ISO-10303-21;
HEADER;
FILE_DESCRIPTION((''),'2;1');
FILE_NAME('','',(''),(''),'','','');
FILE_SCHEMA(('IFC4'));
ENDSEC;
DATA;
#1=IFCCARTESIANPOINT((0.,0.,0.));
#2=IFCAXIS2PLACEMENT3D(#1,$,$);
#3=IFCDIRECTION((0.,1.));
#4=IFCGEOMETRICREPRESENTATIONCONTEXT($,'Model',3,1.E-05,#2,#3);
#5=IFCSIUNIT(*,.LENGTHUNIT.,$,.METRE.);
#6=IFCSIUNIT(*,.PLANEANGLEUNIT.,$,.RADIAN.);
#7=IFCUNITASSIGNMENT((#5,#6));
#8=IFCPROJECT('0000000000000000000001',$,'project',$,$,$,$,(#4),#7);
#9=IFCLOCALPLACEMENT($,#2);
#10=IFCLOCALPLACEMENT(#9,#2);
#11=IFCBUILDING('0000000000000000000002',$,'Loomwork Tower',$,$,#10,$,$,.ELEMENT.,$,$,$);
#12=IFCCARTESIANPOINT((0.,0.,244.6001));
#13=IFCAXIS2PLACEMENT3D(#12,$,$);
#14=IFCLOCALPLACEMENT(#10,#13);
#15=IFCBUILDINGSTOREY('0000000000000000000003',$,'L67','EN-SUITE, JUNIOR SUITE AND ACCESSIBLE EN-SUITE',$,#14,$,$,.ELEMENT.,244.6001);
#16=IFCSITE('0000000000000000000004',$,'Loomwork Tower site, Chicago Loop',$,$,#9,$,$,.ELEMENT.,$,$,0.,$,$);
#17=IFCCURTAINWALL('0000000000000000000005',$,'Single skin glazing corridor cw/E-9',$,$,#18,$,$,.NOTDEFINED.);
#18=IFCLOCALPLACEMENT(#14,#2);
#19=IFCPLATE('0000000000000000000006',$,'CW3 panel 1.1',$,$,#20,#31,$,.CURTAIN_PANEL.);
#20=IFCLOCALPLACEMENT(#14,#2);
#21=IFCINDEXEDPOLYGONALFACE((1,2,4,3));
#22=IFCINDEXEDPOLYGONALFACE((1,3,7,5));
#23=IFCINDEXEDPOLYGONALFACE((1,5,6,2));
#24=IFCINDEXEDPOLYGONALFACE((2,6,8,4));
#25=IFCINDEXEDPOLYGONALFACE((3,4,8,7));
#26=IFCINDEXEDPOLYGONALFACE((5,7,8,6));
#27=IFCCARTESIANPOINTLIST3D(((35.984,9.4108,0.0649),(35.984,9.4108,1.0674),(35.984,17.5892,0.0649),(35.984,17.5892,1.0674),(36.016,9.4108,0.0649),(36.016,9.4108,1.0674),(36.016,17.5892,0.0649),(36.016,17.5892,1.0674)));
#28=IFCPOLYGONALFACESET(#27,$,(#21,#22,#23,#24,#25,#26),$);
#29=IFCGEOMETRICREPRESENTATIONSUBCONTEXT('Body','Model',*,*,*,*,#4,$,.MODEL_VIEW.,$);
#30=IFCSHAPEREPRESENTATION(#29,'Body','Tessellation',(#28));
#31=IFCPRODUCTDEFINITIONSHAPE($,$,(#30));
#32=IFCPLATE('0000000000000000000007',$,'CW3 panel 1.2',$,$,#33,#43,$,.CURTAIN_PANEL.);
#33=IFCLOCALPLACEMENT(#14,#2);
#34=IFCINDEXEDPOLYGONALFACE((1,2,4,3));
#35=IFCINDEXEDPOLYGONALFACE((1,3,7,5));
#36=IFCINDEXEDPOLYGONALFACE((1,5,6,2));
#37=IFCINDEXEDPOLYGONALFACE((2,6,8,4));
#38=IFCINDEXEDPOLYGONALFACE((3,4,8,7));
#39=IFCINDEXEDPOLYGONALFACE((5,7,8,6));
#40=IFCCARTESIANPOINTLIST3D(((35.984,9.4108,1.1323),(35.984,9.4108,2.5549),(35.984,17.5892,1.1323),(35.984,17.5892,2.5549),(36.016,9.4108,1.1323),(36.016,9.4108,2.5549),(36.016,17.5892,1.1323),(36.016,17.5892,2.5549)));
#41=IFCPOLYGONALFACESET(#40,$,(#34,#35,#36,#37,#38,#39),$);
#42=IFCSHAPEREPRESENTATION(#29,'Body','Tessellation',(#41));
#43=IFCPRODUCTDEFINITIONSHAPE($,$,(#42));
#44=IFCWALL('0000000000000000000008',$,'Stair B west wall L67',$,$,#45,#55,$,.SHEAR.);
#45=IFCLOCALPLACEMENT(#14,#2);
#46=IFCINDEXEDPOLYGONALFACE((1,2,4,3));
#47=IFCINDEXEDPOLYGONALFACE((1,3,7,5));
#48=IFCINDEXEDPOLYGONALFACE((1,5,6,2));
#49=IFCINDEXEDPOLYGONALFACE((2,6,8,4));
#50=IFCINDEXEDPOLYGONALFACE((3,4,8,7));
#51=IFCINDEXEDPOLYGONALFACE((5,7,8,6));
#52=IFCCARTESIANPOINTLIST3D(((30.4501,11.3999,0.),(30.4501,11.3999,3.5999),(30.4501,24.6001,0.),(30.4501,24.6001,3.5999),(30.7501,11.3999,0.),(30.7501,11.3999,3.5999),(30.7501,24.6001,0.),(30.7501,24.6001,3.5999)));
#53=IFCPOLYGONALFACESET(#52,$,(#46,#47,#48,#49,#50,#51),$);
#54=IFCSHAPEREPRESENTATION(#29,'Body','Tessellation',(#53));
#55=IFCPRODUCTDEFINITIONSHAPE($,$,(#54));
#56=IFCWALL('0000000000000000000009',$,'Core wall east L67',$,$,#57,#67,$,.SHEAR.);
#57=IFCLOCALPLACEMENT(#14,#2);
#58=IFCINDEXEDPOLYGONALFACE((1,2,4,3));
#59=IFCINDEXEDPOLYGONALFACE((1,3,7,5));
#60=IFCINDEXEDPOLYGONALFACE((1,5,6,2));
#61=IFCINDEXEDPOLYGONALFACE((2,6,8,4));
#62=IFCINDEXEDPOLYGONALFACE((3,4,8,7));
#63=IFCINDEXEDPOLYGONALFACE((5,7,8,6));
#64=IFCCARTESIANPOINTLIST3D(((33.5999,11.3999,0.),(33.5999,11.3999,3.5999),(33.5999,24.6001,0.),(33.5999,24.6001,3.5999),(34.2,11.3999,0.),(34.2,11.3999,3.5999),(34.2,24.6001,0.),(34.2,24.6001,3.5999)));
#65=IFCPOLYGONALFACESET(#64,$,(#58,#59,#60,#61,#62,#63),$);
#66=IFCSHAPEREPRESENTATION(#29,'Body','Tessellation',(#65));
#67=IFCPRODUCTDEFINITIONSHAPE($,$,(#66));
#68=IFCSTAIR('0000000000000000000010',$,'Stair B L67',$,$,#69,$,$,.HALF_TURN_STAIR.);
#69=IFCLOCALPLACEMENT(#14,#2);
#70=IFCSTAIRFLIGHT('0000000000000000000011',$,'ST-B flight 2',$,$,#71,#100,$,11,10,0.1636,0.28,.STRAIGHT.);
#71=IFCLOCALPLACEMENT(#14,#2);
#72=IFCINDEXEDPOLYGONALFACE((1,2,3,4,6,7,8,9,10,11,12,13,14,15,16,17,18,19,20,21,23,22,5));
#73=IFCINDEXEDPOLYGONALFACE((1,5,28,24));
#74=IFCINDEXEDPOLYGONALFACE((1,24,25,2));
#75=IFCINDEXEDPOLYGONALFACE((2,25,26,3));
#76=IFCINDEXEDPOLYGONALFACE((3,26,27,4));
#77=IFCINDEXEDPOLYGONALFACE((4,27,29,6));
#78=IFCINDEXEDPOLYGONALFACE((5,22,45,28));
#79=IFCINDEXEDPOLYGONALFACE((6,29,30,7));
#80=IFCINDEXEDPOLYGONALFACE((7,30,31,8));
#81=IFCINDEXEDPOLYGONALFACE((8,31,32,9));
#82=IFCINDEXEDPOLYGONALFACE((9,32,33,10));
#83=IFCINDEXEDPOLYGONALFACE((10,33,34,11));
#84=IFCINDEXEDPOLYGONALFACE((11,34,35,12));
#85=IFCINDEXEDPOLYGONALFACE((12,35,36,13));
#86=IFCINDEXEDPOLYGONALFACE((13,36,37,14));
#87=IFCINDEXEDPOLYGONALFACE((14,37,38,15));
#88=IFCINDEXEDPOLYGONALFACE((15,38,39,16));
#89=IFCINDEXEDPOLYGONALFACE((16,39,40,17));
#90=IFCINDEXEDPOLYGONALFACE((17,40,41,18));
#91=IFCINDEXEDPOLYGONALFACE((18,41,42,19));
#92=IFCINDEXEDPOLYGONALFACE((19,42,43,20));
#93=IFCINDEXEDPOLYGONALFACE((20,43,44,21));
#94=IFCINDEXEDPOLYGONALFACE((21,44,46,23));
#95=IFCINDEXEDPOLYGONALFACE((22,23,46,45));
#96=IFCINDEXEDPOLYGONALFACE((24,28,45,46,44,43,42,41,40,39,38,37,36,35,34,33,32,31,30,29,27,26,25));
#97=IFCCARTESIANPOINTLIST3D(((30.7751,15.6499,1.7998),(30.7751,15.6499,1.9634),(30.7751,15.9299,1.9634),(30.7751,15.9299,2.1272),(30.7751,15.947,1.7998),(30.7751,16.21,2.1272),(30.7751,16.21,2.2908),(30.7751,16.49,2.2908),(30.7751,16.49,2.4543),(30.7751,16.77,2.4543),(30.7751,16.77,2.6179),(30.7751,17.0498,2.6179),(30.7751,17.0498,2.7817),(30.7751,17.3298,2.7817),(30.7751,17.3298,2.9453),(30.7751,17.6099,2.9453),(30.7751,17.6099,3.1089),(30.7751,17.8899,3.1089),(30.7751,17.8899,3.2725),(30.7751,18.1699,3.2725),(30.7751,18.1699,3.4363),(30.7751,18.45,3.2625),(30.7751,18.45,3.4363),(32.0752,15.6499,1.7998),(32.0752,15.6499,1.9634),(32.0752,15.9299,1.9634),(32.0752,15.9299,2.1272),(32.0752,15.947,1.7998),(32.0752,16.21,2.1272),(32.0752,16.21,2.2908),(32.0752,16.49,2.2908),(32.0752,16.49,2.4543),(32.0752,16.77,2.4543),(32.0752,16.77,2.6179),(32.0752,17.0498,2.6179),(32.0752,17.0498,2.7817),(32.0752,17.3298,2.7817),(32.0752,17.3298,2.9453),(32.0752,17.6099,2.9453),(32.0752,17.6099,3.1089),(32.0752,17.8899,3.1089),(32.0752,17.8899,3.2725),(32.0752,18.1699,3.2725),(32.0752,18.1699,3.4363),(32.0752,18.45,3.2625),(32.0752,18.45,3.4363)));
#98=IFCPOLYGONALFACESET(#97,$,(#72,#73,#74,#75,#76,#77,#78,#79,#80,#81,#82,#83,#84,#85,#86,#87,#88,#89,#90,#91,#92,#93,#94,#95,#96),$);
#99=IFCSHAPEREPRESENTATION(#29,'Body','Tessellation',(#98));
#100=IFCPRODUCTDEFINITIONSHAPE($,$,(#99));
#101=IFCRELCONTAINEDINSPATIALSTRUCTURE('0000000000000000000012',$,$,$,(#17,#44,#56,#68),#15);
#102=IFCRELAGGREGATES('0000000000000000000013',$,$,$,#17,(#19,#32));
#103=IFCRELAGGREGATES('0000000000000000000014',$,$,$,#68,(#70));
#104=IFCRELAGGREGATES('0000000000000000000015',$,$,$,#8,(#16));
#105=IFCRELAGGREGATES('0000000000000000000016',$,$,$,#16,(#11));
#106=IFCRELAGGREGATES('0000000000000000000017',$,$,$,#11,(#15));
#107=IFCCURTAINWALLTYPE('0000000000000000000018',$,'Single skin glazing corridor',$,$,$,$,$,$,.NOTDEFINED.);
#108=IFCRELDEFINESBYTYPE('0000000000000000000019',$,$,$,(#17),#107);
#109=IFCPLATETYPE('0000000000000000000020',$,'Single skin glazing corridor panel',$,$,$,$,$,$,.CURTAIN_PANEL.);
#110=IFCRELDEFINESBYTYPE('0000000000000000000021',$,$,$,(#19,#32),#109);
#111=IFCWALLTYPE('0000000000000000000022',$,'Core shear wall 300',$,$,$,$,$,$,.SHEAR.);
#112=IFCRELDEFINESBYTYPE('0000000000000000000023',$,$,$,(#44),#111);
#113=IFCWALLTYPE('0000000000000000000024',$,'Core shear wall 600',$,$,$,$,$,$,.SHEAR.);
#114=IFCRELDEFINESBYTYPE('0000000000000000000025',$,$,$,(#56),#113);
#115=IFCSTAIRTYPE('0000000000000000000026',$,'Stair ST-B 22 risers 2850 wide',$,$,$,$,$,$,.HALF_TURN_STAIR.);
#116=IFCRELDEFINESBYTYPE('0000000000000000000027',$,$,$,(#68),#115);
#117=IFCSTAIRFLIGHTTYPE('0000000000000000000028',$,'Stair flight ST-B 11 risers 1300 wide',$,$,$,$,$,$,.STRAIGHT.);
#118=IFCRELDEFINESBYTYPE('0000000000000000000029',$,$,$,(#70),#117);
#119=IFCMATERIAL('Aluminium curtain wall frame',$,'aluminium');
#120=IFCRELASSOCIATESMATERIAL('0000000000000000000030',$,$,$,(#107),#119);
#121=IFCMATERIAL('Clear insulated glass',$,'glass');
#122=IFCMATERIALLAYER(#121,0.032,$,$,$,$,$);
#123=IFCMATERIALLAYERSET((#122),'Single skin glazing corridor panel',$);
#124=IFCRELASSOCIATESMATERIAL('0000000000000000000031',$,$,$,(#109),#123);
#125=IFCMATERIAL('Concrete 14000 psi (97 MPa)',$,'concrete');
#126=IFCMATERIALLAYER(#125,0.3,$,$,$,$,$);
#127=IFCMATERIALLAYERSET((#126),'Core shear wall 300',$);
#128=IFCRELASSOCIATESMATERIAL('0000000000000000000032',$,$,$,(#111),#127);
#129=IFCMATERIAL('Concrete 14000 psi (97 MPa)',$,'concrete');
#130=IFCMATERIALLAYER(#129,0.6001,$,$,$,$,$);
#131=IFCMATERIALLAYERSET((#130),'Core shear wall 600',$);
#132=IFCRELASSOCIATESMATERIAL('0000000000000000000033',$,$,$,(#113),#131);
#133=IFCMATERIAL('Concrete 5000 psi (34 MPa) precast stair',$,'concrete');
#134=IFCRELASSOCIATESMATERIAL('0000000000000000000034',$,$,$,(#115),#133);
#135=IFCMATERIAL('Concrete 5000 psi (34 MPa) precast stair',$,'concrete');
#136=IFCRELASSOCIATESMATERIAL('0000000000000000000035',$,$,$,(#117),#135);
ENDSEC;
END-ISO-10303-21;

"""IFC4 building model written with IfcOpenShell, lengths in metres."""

from ifc_helpers import new_model, si_unit, direction, frame, frame_2d, origin, origin_2d, place, context, subcontext, project, spatial, polyline, rectangle, outline, extrude, material, layer, layer_set, type_object, element, aggregate, save


model = new_model("IFC4")

# Units and contexts
model_context = context("Model", 3, precision=1e-05, world=origin(), true_north=direction((0.0, 1.0)))
body_context = subcontext(model_context, "Body", "Model", "MODEL_VIEW")
ifc_project = project(units=[si_unit("LENGTHUNIT", "METRE"), si_unit("PLANEANGLEUNIT", "RADIAN")], contexts=[model_context])

# Site, building, storey
site_placement = place(None, origin())
site = spatial("IfcSite", under=ifc_project, at=site_placement, Name="Loomwork Tower site, Chicago Loop", CompositionType="ELEMENT", RefElevation=0.0)
building_placement = place(site_placement, origin())
building = spatial("IfcBuilding", under=site, at=building_placement, Name="Loomwork Tower", CompositionType="ELEMENT")
storey_placement = place(building_placement, frame((0.0, 0.0, 244.6001)))
storey = spatial("IfcBuildingStorey", under=building, at=storey_placement, Name="L67", Description="EN-SUITE, JUNIOR SUITE AND ACCESSIBLE EN-SUITE", CompositionType="ELEMENT", Elevation=244.6001)

# Curtain wall
ifc_material_1 = material(Name="Aluminium curtain wall frame", Category="aluminium")
curtain_wall_type = type_object("IfcCurtainWallType", Name="Single skin glazing corridor", PredefinedType="NOTDEFINED", material=ifc_material_1)
curtain_wall_1_placement = place(storey_placement, origin())
curtain_wall_1 = element("IfcCurtainWall", 1, at=curtain_wall_1_placement, inside=storey, type_object=curtain_wall_type, Name="Single skin glazing corridor cw/E-9", PredefinedType="NOTDEFINED")

# Plates
ifc_material_2 = material(Name="Clear insulated glass", Category="glass")
ifc_layer_1 = layer(ifc_material_2, 0.032)
ifc_layer_set_1 = layer_set([ifc_layer_1], Name="Single skin glazing corridor panel")
plate_type = type_object("IfcPlateType", Name="Single skin glazing corridor panel", PredefinedType="CURTAIN_PANEL", material=ifc_layer_set_1)
plate_1_placement = place(storey_placement, frame((36.0, 13.5, 0.0649), z_axis=(0.0, 0.0, 1.0), x_axis=(0.0, 1.0, 0.0)))
plate_1 = element("IfcPlate", 2, at=plate_1_placement, type_object=plate_type, Name="CW3 panel 1.1", PredefinedType="CURTAIN_PANEL", context=body_context, shape_type="SweptSolid", body=[
    extrude(rectangle(XDim=8.1785, YDim=0.032, at=origin_2d()), origin(), (0.0, 0.0, 1.0), 1.0024),
])
plate_2_placement = place(storey_placement, frame((36.0, 13.5, 1.1323), z_axis=(0.0, 0.0, 1.0), x_axis=(0.0, 1.0, 0.0)))
plate_2 = element("IfcPlate", 3, at=plate_2_placement, type_object=plate_type, Name="CW3 panel 1.2", PredefinedType="CURTAIN_PANEL", context=body_context, shape_type="SweptSolid", body=[
    extrude(rectangle(XDim=8.1785, YDim=0.032, at=origin_2d()), origin(), (0.0, 0.0, 1.0), 1.4226),
])
aggregate(curtain_wall_1, [plate_1, plate_2])

# Walls
ifc_material_3 = material(Name="Concrete 14000 psi (97 MPa)", Category="concrete")
ifc_layer_2 = layer(ifc_material_3, 0.3)
ifc_layer_set_2 = layer_set([ifc_layer_2], Name="Core shear wall 300")
wall_type_1 = type_object("IfcWallType", Name="Core shear wall 300", PredefinedType="SHEAR", material=ifc_layer_set_2)
wall_1_placement = place(storey_placement, frame((30.6001, 11.3999, 0.0), z_axis=(0.0, 0.0, 1.0), x_axis=(0.0, 1.0, 0.0)))
element("IfcWall", 4, at=wall_1_placement, inside=storey, type_object=wall_type_1, Name="Stair B west wall L67", PredefinedType="SHEAR", context=body_context, shape_type="SweptSolid", body=[
    extrude(rectangle(XDim=13.2002, YDim=0.3, at=frame_2d((6.6001, 0.0))), origin(), (0.0, 0.0, 1.0), 3.5999),
])
ifc_material_4 = material(Name="Concrete 14000 psi (97 MPa)", Category="concrete")
ifc_layer_3 = layer(ifc_material_4, 0.6001)
ifc_layer_set_3 = layer_set([ifc_layer_3], Name="Core shear wall 600")
wall_type_2 = type_object("IfcWallType", Name="Core shear wall 600", PredefinedType="SHEAR", material=ifc_layer_set_3)
wall_2_placement = place(storey_placement, frame((33.8999, 11.3999, 0.0), z_axis=(0.0, 0.0, 1.0), x_axis=(0.0, 1.0, 0.0)))
element("IfcWall", 5, at=wall_2_placement, inside=storey, type_object=wall_type_2, Name="Core wall east L67", PredefinedType="SHEAR", context=body_context, shape_type="SweptSolid", body=[
    extrude(rectangle(XDim=13.2002, YDim=0.6001, at=frame_2d((6.6001, 0.0))), origin(), (0.0, 0.0, 1.0), 3.5999),
])

# Stair, stair flight
ifc_material_5 = material(Name="Concrete 5000 psi (34 MPa) precast stair", Category="concrete")
stair_type = type_object("IfcStairType", Name="Stair ST-B 22 risers 2850 wide", PredefinedType="HALF_TURN_STAIR", material=ifc_material_5)
stair_placement = place(storey_placement, origin())
stair = element("IfcStair", 6, at=stair_placement, inside=storey, type_object=stair_type, Name="Stair B L67", PredefinedType="HALF_TURN_STAIR")
ifc_material_6 = material(Name="Concrete 5000 psi (34 MPa) precast stair", Category="concrete")
stair_flight_type = type_object("IfcStairFlightType", Name="Stair flight ST-B 11 risers 1300 wide", PredefinedType="STRAIGHT", material=ifc_material_6)
stair_flight_placement = place(storey_placement, frame((31.425, 15.6499, 1.7998), z_axis=(0.0, 0.0, 1.0), x_axis=(0.0, 1.0, 0.0)))
stair_flight = element("IfcStairFlight", 7, at=stair_flight_placement, type_object=stair_flight_type, Name="ST-B flight 2", NumberOfRisers=11, NumberOfTreads=10, PredefinedType="STRAIGHT", RiserHeight=0.1636, TreadLength=0.28, context=body_context, shape_type="SweptSolid", body=[
    extrude(outline(polyline([(0.0, 0.0), (0.0, 0.1636), (0.28, 0.1636), (0.28, 0.3274), (0.5601, 0.3274), (0.5601, 0.491), (0.8401, 0.491), (0.8401, 0.6545), (1.1201, 0.6545), (1.1201, 0.8181), (1.3999, 0.8181), (1.3999, 0.9819), (1.6799, 0.9819), (1.6799, 1.1455), (1.96, 1.1455), (1.96, 1.3091), (2.24, 1.3091), (2.24, 1.4727), (2.52, 1.4727), (2.52, 1.6365), (2.8, 1.6365), (2.8, 1.8), (2.8, 1.4626), (0.2971, 0.0), (0.0, 0.0)])), frame((0.0, 0.6499, 0.0), z_axis=(0.0, -1.0, 0.0), x_axis=(1.0, 0.0, 0.0)), (0.0, 0.0, 1.0), 1.3),
])
aggregate(stair, [stair_flight])

save(model, "model.ifc")
